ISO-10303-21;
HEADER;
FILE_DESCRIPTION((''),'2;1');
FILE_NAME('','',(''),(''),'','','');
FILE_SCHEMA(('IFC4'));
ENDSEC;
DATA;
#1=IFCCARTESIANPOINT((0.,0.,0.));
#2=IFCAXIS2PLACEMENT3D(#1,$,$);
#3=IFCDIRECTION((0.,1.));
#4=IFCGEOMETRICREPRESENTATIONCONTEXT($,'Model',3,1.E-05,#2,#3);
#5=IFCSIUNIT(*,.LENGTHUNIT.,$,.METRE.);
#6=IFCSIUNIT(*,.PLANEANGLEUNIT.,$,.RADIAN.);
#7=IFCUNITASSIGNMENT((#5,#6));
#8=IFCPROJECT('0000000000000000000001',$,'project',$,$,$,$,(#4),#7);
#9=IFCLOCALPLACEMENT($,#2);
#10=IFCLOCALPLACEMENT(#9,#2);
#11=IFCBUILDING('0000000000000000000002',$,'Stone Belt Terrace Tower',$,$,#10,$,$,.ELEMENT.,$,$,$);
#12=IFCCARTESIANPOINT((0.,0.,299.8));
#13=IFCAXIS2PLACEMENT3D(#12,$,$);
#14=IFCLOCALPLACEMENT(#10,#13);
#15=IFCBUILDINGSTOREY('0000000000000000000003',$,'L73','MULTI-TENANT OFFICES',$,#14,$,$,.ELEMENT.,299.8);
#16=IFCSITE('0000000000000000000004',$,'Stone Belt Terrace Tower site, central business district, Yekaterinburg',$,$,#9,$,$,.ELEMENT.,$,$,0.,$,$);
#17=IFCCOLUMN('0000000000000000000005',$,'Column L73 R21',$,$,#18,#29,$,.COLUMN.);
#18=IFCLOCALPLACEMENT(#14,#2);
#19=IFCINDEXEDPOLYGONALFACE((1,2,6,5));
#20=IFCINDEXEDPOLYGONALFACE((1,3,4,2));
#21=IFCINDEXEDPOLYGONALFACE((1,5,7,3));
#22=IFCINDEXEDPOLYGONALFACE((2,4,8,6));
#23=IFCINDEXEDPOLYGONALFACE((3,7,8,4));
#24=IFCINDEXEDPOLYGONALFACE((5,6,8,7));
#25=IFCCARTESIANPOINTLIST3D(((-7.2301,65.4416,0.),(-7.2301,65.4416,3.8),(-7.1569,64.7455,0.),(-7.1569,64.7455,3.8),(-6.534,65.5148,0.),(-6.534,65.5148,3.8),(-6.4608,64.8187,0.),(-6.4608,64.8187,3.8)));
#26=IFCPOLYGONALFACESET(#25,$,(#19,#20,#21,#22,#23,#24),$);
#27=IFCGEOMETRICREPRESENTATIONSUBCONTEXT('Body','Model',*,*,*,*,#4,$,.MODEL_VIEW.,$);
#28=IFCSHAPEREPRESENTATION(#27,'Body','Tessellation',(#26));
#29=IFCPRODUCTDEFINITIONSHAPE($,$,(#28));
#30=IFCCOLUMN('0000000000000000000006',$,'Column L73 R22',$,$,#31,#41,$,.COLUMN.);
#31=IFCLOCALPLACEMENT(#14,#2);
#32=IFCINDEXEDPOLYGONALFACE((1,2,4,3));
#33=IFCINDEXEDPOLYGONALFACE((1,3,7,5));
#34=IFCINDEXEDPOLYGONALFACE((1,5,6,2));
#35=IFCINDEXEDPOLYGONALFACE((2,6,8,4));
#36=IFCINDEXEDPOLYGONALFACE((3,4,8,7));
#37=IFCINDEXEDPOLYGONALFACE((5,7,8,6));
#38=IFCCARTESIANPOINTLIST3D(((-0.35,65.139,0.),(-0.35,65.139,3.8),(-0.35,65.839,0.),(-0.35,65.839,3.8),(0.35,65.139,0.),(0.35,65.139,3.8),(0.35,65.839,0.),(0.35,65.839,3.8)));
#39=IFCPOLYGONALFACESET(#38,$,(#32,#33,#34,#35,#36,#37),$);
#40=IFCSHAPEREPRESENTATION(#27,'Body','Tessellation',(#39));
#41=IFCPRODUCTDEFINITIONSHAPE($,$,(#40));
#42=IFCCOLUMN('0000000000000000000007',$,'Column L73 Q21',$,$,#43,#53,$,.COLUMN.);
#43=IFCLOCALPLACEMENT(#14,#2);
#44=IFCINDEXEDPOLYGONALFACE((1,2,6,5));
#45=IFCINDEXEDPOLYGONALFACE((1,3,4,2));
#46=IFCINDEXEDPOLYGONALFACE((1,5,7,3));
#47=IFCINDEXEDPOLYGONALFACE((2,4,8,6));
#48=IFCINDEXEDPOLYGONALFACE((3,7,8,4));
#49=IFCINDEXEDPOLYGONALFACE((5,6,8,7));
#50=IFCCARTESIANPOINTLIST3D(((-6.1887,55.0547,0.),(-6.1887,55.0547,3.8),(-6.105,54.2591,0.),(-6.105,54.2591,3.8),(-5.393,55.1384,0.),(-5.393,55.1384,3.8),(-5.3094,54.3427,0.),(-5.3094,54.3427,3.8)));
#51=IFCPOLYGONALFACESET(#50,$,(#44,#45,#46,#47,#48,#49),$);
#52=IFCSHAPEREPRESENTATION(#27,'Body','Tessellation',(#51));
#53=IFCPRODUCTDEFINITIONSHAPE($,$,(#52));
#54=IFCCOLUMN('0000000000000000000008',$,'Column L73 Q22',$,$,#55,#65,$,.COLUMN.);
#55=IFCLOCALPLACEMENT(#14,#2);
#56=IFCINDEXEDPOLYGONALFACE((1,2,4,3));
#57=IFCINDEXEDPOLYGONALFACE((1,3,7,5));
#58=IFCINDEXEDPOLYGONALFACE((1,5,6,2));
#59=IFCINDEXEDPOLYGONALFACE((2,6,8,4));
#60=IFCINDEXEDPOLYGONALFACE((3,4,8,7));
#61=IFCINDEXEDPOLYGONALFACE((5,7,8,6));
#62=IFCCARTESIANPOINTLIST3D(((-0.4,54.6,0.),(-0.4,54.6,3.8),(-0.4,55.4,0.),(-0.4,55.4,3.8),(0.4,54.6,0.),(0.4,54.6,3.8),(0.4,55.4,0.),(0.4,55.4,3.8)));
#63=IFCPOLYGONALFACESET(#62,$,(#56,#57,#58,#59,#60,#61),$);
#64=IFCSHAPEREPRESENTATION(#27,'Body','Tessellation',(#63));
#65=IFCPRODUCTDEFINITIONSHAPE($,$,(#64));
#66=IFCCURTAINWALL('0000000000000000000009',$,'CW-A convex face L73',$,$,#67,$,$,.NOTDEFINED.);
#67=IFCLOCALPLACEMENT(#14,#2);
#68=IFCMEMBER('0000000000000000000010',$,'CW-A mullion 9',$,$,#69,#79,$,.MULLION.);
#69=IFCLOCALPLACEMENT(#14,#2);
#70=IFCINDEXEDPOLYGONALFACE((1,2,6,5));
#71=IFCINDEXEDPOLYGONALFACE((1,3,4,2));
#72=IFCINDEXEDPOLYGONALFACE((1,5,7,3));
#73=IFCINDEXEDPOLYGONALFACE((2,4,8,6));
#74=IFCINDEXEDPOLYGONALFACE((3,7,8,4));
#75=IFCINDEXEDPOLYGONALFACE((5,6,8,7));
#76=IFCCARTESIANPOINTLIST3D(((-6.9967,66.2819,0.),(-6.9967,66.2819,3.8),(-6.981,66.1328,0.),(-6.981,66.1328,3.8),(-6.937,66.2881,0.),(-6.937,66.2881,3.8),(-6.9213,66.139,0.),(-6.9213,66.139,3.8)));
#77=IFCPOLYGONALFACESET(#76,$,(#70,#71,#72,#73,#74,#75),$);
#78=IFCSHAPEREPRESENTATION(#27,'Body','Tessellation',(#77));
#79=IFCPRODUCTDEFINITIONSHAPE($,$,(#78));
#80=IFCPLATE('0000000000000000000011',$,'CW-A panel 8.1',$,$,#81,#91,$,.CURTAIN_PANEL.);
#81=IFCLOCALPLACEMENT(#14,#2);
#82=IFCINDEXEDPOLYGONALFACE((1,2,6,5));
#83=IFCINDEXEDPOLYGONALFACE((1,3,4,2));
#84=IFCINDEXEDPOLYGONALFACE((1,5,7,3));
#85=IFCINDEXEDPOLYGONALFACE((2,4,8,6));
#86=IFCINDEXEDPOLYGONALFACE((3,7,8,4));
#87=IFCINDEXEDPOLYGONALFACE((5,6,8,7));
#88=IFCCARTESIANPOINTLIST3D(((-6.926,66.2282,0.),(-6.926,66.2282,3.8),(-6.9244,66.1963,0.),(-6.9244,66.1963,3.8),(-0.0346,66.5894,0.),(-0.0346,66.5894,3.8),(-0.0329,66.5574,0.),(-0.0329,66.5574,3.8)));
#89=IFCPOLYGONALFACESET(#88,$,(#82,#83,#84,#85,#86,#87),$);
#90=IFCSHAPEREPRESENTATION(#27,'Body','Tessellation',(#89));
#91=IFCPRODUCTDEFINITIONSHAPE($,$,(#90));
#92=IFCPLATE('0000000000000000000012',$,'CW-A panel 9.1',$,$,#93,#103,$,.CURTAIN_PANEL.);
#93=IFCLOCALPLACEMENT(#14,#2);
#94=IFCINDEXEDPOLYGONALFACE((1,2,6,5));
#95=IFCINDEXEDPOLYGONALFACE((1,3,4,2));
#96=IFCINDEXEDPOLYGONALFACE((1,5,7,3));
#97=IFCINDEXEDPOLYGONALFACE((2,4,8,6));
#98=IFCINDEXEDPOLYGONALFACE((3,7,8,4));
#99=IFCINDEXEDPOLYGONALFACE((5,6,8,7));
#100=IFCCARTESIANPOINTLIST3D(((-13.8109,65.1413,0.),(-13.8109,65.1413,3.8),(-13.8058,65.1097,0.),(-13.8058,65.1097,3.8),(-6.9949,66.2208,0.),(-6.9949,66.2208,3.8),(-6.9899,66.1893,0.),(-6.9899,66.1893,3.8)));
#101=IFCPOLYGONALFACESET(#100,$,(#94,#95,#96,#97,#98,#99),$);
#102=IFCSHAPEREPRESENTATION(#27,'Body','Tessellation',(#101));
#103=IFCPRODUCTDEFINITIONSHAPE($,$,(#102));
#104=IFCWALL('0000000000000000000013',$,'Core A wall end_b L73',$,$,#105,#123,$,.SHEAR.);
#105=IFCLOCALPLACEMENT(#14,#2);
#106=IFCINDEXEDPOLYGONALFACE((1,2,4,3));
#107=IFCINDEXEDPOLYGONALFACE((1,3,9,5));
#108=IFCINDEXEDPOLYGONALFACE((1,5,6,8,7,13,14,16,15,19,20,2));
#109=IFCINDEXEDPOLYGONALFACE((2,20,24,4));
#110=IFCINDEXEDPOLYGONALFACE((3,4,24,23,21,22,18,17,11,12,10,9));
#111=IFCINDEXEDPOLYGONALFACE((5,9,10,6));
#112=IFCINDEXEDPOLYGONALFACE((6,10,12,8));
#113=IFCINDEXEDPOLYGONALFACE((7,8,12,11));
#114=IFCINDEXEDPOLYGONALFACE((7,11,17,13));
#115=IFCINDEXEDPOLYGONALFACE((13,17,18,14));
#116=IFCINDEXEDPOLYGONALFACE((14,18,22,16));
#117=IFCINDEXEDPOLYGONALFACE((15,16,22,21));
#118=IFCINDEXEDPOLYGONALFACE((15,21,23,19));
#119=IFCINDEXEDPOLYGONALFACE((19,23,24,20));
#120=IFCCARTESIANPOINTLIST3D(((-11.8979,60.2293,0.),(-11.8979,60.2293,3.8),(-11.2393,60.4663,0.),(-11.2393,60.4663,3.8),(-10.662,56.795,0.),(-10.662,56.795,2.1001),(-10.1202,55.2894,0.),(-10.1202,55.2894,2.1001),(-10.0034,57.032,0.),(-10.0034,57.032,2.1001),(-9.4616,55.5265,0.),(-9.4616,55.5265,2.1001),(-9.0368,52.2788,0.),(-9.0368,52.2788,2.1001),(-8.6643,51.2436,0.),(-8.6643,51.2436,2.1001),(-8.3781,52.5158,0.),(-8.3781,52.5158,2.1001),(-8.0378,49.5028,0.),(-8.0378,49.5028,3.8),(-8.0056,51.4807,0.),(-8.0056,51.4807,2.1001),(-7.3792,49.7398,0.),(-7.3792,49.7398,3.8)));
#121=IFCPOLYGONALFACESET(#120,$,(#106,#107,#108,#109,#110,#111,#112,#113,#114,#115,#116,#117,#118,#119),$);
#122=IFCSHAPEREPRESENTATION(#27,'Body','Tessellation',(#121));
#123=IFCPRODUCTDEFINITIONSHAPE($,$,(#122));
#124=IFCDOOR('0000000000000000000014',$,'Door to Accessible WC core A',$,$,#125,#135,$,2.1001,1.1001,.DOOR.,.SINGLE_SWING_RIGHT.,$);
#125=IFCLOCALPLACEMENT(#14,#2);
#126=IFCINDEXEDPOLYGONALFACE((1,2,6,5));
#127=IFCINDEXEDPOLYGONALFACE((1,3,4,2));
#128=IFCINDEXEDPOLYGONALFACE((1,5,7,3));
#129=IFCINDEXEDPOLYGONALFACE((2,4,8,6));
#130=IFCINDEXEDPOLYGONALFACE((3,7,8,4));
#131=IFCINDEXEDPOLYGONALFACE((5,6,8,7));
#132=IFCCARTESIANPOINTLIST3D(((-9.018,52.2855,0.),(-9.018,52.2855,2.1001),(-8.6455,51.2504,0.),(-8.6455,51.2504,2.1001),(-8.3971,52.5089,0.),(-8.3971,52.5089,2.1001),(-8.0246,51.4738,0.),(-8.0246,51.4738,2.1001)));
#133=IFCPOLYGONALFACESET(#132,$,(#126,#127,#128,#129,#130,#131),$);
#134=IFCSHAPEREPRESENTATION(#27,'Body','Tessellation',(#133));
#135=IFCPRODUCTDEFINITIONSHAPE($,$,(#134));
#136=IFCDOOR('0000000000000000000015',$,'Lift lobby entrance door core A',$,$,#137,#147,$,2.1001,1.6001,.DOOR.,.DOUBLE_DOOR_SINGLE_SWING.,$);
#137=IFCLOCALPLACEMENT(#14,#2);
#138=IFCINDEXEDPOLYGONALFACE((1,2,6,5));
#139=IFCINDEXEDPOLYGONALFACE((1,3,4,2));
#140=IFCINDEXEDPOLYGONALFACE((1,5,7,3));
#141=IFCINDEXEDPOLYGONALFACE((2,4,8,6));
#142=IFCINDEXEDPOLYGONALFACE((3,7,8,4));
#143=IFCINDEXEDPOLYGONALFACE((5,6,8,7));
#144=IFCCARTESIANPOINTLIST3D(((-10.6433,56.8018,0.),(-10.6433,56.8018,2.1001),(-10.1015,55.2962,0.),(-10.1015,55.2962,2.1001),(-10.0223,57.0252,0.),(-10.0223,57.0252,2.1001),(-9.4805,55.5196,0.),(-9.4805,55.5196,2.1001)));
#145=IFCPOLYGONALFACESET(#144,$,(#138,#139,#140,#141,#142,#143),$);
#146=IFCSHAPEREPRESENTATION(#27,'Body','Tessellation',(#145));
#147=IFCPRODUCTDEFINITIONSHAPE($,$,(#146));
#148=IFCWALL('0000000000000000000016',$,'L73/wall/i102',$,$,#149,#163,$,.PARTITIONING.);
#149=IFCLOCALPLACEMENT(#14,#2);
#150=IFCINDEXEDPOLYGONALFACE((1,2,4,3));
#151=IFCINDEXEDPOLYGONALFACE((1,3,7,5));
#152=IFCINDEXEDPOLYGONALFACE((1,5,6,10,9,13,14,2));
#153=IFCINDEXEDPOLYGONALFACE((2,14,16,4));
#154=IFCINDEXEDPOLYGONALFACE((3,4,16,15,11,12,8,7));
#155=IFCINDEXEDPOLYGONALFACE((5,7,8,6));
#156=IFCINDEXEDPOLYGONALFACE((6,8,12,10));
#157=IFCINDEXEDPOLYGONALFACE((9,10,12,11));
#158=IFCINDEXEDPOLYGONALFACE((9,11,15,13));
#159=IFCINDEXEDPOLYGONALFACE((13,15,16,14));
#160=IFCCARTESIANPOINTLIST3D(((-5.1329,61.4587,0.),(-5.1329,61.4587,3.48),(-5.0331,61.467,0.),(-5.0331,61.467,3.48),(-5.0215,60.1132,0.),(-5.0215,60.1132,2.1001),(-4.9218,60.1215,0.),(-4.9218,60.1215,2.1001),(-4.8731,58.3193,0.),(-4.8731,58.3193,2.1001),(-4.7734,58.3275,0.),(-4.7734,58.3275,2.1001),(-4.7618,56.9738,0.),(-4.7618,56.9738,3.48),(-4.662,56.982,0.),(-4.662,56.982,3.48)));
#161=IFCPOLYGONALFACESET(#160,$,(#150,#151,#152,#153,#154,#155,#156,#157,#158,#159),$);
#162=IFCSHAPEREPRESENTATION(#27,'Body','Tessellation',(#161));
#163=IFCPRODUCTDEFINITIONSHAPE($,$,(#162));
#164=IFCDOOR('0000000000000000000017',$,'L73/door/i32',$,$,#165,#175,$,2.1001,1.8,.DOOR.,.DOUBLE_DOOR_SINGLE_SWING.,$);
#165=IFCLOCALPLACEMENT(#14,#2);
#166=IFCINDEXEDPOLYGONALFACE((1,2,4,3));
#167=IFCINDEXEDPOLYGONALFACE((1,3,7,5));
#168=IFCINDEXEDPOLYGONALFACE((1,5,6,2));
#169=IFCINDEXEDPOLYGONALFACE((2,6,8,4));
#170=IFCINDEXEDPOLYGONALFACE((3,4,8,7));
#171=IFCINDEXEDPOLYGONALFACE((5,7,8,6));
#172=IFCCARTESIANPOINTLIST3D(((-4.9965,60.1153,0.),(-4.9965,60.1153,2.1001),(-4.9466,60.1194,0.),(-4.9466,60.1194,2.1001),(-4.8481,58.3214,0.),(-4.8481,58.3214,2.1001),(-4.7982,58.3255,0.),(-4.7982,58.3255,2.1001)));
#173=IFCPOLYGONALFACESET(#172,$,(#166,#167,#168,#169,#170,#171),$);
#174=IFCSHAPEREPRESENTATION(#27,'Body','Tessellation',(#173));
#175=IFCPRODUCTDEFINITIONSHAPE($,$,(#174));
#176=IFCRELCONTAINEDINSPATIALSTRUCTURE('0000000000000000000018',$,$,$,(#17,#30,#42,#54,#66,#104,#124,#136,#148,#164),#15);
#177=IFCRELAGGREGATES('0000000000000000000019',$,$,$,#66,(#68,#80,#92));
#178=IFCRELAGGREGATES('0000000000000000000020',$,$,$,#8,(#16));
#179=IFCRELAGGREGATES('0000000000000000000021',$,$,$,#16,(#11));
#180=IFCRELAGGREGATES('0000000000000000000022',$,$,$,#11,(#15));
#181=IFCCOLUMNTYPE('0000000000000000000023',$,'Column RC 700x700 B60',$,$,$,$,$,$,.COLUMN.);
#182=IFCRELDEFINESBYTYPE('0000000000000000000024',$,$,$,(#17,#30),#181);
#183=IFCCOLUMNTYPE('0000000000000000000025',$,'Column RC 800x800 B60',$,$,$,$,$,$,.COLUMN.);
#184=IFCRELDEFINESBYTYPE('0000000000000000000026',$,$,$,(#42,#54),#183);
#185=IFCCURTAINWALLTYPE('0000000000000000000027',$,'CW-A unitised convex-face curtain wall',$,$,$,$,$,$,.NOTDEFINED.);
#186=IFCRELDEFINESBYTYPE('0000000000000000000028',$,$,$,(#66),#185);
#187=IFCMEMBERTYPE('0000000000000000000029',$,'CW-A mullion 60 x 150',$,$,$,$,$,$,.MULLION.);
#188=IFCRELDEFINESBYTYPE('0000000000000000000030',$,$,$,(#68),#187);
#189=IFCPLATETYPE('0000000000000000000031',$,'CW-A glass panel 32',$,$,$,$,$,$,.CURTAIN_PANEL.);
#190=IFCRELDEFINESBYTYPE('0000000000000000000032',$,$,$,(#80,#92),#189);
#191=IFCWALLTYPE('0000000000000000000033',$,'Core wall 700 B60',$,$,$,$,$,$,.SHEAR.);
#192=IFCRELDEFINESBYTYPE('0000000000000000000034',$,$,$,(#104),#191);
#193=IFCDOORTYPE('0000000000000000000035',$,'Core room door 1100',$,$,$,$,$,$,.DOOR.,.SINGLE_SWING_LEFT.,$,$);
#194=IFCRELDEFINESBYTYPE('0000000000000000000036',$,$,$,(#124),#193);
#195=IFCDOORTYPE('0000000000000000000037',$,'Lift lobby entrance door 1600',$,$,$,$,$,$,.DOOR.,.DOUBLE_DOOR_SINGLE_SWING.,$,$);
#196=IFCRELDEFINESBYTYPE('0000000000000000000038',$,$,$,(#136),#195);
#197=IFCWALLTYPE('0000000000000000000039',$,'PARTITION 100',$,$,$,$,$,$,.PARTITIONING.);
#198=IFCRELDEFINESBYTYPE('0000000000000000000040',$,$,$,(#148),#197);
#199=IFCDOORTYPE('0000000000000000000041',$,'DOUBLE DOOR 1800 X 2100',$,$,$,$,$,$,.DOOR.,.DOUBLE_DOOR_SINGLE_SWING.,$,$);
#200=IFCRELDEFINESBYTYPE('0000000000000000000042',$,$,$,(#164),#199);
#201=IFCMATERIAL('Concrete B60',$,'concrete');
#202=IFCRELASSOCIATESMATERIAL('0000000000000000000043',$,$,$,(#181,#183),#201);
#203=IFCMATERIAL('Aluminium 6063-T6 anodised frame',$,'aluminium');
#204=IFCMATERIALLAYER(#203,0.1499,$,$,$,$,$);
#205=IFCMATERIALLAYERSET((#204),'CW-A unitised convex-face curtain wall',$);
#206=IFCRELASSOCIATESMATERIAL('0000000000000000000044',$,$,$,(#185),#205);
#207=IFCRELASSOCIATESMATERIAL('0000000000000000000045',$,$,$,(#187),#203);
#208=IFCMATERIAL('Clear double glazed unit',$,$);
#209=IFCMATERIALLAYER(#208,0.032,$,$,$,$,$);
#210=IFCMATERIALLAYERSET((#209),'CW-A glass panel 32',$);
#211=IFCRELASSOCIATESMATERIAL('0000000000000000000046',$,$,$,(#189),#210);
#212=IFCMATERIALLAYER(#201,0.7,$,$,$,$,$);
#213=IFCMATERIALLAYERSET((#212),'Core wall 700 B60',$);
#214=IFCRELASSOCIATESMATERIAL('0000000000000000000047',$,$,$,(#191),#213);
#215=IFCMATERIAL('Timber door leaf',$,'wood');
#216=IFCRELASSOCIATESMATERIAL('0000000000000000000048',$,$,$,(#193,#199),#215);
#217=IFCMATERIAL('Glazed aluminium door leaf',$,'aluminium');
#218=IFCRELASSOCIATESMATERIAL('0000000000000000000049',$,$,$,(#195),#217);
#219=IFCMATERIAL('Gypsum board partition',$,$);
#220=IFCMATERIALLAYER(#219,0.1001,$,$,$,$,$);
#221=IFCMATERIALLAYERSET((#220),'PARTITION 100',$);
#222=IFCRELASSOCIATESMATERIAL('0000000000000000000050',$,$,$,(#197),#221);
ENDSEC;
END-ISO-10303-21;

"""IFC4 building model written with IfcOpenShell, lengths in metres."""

from ifc_helpers import new_model, si_unit, direction, frame, frame_2d, origin, origin_2d, place, context, subcontext, project, spatial, rectangle, extrude, material, layer, layer_set, material_profile, profile_set, type_object, element, fill, aggregate, save


model = new_model("IFC4")

# Units and contexts
model_context = context("Model", 3, precision=1e-05, world=origin(), true_north=direction((0.0, 1.0)))
body_context = subcontext(model_context, "Body", "Model", "MODEL_VIEW")
ifc_project = project(units=[si_unit("LENGTHUNIT", "METRE"), si_unit("PLANEANGLEUNIT", "RADIAN")], contexts=[model_context])

# Site, building, storey
site_placement = place(None, origin())
site = spatial("IfcSite", under=ifc_project, at=site_placement, Name="Stone Belt Terrace Tower site, central business district, Yekaterinburg", CompositionType="ELEMENT", RefElevation=0.0)
building_placement = place(site_placement, origin())
building = spatial("IfcBuilding", under=site, at=building_placement, Name="Stone Belt Terrace Tower", CompositionType="ELEMENT")
storey_placement = place(building_placement, frame((0.0, 0.0, 299.8)))
storey = spatial("IfcBuildingStorey", under=building, at=storey_placement, Name="L73", Description="MULTI-TENANT OFFICES", CompositionType="ELEMENT", Elevation=299.8)

# Columns
ifc_material_1 = material(Name="Concrete B60", Category="concrete")
ifc_material_profile_1 = material_profile(ifc_material_1, rectangle(XDim=0.7, YDim=0.7, at=origin_2d()), Name="RC 700x700")
ifc_profile_set_1 = profile_set([ifc_material_profile_1], Name="Concrete B60")
column_type_1 = type_object("IfcColumnType", Name="Column RC 700x700 B60", PredefinedType="COLUMN", material=ifc_profile_set_1)
for number, where, z_axis, x_axis, name in (
    (1, (-6.8455, 65.1301, 0.0), (0.0, 0.0, 1.0), (0.994522, 0.104528, 0.0), "Column L73 R21"),
    (2, (0.0, 65.489, 0.0), (0.0, 0.0, 1.0), (1.0, 0.0, 0.0), "Column L73 R22"),
):
    element("IfcColumn", number, at=place(storey_placement, frame(where, z_axis=z_axis, x_axis=x_axis)), inside=storey, type_object=column_type_1, Name=name, PredefinedType="COLUMN", context=body_context, shape_type="SweptSolid", body=[
        extrude(rectangle(XDim=0.7, YDim=0.7, at=origin_2d()), origin(), (0.0, 0.0, 1.0), 3.8),
    ])
ifc_material_profile_2 = material_profile(ifc_material_1, rectangle(XDim=0.8, YDim=0.8, at=origin_2d()), Name="RC 800x800")
ifc_profile_set_2 = profile_set([ifc_material_profile_2], Name="Concrete B60")
column_type_2 = type_object("IfcColumnType", Name="Column RC 800x800 B60", PredefinedType="COLUMN", material=ifc_profile_set_2)
for number, where, z_axis, x_axis, name in (
    (3, (-5.749, 54.6987, 0.0), (0.0, 0.0, 1.0), (0.994522, 0.104528, 0.0), "Column L73 Q21"),
    (4, (0.0, 55.0, 0.0), (0.0, 0.0, 1.0), (1.0, 0.0, 0.0), "Column L73 Q22"),
):
    element("IfcColumn", number, at=place(storey_placement, frame(where, z_axis=z_axis, x_axis=x_axis)), inside=storey, type_object=column_type_2, Name=name, PredefinedType="COLUMN", context=body_context, shape_type="SweptSolid", body=[
        extrude(rectangle(XDim=0.8, YDim=0.8, at=origin_2d()), origin(), (0.0, 0.0, 1.0), 3.8),
    ])

# Curtain wall, member, plates
ifc_material_2 = material(Name="Aluminium 6063-T6 anodised frame", Category="aluminium")
ifc_layer_1 = layer(ifc_material_2, 0.1499)
ifc_layer_set_1 = layer_set([ifc_layer_1], Name="CW-A unitised convex-face curtain wall")
curtain_wall_type = type_object("IfcCurtainWallType", Name="CW-A unitised convex-face curtain wall", PredefinedType="NOTDEFINED", material=ifc_layer_set_1)
curtain_wall_placement = place(storey_placement, origin())
curtain_wall = element("IfcCurtainWall", 5, at=curtain_wall_placement, inside=storey, type_object=curtain_wall_type, Name="CW-A convex face L73", PredefinedType="NOTDEFINED")
ifc_material_profile_3 = material_profile(ifc_material_2, rectangle(XDim=0.1499, YDim=0.0601, at=origin_2d()), Name="Aluminium 6063-T6 60x150")
ifc_profile_set_3 = profile_set([ifc_material_profile_3], Name="Aluminium 6063-T6 anodised frame")
member_type = type_object("IfcMemberType", Name="CW-A mullion 60 x 150", PredefinedType="MULLION", material=ifc_profile_set_3)
member_placement = place(storey_placement, frame((-6.959, 66.2104, 0.0), z_axis=(0.0, 0.0, 1.0), x_axis=(0.104528, -0.994522, 0.0)))
member = element("IfcMember", 6, at=member_placement, type_object=member_type, Name="CW-A mullion 9", PredefinedType="MULLION", context=body_context, shape_type="SweptSolid", body=[
    extrude(rectangle(XDim=0.1499, YDim=0.0601, at=origin_2d()), origin(), (0.0, 0.0, 1.0), 3.8),
])
ifc_material_3 = material(Name="Clear double glazed unit")
ifc_layer_2 = layer(ifc_material_3, 0.032)
ifc_layer_set_2 = layer_set([ifc_layer_2], Name="CW-A glass panel 32")
plate_type = type_object("IfcPlateType", Name="CW-A glass panel 32", PredefinedType="CURTAIN_PANEL", material=ifc_layer_set_2)
plate_1_placement = place(storey_placement, frame((-3.4795, 66.3928, 0.0), z_axis=(0.0, 0.0, 1.0), x_axis=(-0.99863, -0.052336, 0.0)))
plate_1 = element("IfcPlate", 7, at=plate_1_placement, type_object=plate_type, Name="CW-A panel 8.1", PredefinedType="CURTAIN_PANEL", context=body_context, shape_type="SweptSolid", body=[
    extrude(rectangle(XDim=6.9009, YDim=0.032, at=origin_2d()), origin(), (0.0, 0.0, 1.0), 3.8),
])
plate_2_placement = place(storey_placement, frame((-10.4004, 65.6653, 0.0), z_axis=(0.0, 0.0, 1.0), x_axis=(-0.987688, -0.156434, 0.0)))
plate_2 = element("IfcPlate", 8, at=plate_2_placement, type_object=plate_type, Name="CW-A panel 9.1", PredefinedType="CURTAIN_PANEL", context=body_context, shape_type="SweptSolid", body=[
    extrude(rectangle(XDim=6.9009, YDim=0.032, at=origin_2d()), origin(), (0.0, 0.0, 1.0), 3.8),
])
aggregate(curtain_wall, [member, plate_1, plate_2])

# Wall, openings, doors
ifc_layer_3 = layer(ifc_material_1, 0.7)
ifc_layer_set_3 = layer_set([ifc_layer_3], Name="Core wall 700 B60")
wall_type_1 = type_object("IfcWallType", Name="Core wall 700 B60", PredefinedType="SHEAR", material=ifc_layer_set_3)
wall_1_placement = place(storey_placement, frame((-7.7085, 49.6213, 0.0), z_axis=(0.0, 0.0, 1.0), x_axis=(-0.338606, 0.940928, 0.0)))
wall_1 = element("IfcWall", 9, at=wall_1_placement, inside=storey, type_object=wall_type_1, Name="Core A wall end_b L73", PredefinedType="SHEAR", context=body_context, shape_type="SweptSolid", body=[
    extrude(rectangle(XDim=11.3999, YDim=0.7, at=frame_2d((5.7, 0.0))), origin(), (0.0, 0.0, 1.0), 3.8),
])
opening_1_placement = place(wall_1_placement, frame((6.1499, 0.0, 0.0)))
opening_1 = element("IfcOpeningElement", 10, at=opening_1_placement, cuts=wall_1, PredefinedType="OPENING", context=body_context, shape_type="SweptSolid", body=[
    extrude(rectangle(XDim=1.6001, YDim=2.1001, at=frame_2d((0.8, 1.05))), frame((0.0, 0.3599, 0.0), z_axis=(0.0, -1.0, 0.0), x_axis=(1.0, 0.0, 0.0)), (0.0, 0.0, 1.0), 0.72),
])
opening_2_placement = place(wall_1_placement, frame((1.8501, 0.0, 0.0)))
opening_2 = element("IfcOpeningElement", 11, at=opening_2_placement, cuts=wall_1, PredefinedType="OPENING", context=body_context, shape_type="SweptSolid", body=[
    extrude(rectangle(XDim=1.1001, YDim=2.1001, at=frame_2d((0.55, 1.05))), frame((0.0, 0.3599, 0.0), z_axis=(0.0, -1.0, 0.0), x_axis=(1.0, 0.0, 0.0)), (0.0, 0.0, 1.0), 0.72),
])
ifc_material_4 = material(Name="Timber door leaf", Category="wood")
door_type_1 = type_object("IfcDoorType", Name="Core room door 1100", OperationType="SINGLE_SWING_LEFT", PredefinedType="DOOR", material=ifc_material_4)
door_1_placement = place(opening_2_placement, origin())
door_1 = element("IfcDoor", 12, at=door_1_placement, inside=storey, type_object=door_type_1, Name="Door to Accessible WC core A", OperationType="SINGLE_SWING_RIGHT", OverallHeight=2.1001, OverallWidth=1.1001, PredefinedType="DOOR", context=body_context, shape_type="SweptSolid", body=[
    extrude(rectangle(XDim=1.1001, YDim=2.1001, at=frame_2d((0.55, 1.05))), frame((0.0, 0.3301, 0.0), z_axis=(0.0, -1.0, 0.0), x_axis=(1.0, 0.0, 0.0)), (0.0, 0.0, 1.0), 0.6599),
])
fill(opening_2, door_1)
ifc_material_5 = material(Name="Glazed aluminium door leaf", Category="aluminium")
door_type_2 = type_object("IfcDoorType", Name="Lift lobby entrance door 1600", OperationType="DOUBLE_DOOR_SINGLE_SWING", PredefinedType="DOOR", material=ifc_material_5)
door_2_placement = place(opening_1_placement, origin())
door_2 = element("IfcDoor", 13, at=door_2_placement, inside=storey, type_object=door_type_2, Name="Lift lobby entrance door core A", OperationType="DOUBLE_DOOR_SINGLE_SWING", OverallHeight=2.1001, OverallWidth=1.6001, PredefinedType="DOOR", context=body_context, shape_type="SweptSolid", body=[
    extrude(rectangle(XDim=1.6001, YDim=2.1001, at=frame_2d((0.8, 1.05))), frame((0.0, 0.3301, 0.0), z_axis=(0.0, -1.0, 0.0), x_axis=(1.0, 0.0, 0.0)), (0.0, 0.0, 1.0), 0.6599),
])
fill(opening_1, door_2)

# Wall, opening, door
ifc_material_6 = material(Name="Gypsum board partition")
ifc_layer_4 = layer(ifc_material_6, 0.1001)
ifc_layer_set_4 = layer_set([ifc_layer_4], Name="PARTITION 100")
wall_type_2 = type_object("IfcWallType", Name="PARTITION 100", PredefinedType="PARTITIONING", material=ifc_layer_set_4)
wall_2_placement = place(storey_placement, frame((-4.7119, 56.978, 0.0), z_axis=(0.0, 0.0, 1.0), x_axis=(-0.082462, 0.996594, 0.0)))
wall_2 = element("IfcWall", 14, at=wall_2_placement, inside=storey, type_object=wall_type_2, Name="L73/wall/i102", PredefinedType="PARTITIONING", context=body_context, shape_type="SweptSolid", body=[
    extrude(rectangle(XDim=4.5002, YDim=0.1001, at=frame_2d((2.25, 0.0))), origin(), (0.0, 0.0, 1.0), 3.48),
])
opening_3_placement = place(wall_2_placement, frame((1.3501, 0.0, 0.0)))
opening_3 = element("IfcOpeningElement", 15, at=opening_3_placement, cuts=wall_2, PredefinedType="OPENING", context=body_context, shape_type="SweptSolid", body=[
    extrude(rectangle(XDim=1.8, YDim=2.1001, at=frame_2d((0.8999, 1.05))), frame((0.0, 0.0601, 0.0), z_axis=(0.0, -1.0, 0.0), x_axis=(1.0, 0.0, 0.0)), (0.0, 0.0, 1.0), 0.1201),
])
door_type_3 = type_object("IfcDoorType", Name="DOUBLE DOOR 1800 X 2100", OperationType="DOUBLE_DOOR_SINGLE_SWING", PredefinedType="DOOR", material=ifc_material_4)
door_3_placement = place(opening_3_placement, origin())
door_3 = element("IfcDoor", 16, at=door_3_placement, inside=storey, type_object=door_type_3, Name="L73/door/i32", OperationType="DOUBLE_DOOR_SINGLE_SWING", OverallHeight=2.1001, OverallWidth=1.8, PredefinedType="DOOR", context=body_context, shape_type="SweptSolid", body=[
    extrude(rectangle(XDim=1.8, YDim=2.1001, at=frame_2d((0.8999, 1.05))), frame((0.0, 0.0249, 0.0), z_axis=(0.0, -1.0, 0.0), x_axis=(1.0, 0.0, 0.0)), (0.0, 0.0, 1.0), 0.05),
])
fill(opening_3, door_3)

save(model, "model.ifc")
